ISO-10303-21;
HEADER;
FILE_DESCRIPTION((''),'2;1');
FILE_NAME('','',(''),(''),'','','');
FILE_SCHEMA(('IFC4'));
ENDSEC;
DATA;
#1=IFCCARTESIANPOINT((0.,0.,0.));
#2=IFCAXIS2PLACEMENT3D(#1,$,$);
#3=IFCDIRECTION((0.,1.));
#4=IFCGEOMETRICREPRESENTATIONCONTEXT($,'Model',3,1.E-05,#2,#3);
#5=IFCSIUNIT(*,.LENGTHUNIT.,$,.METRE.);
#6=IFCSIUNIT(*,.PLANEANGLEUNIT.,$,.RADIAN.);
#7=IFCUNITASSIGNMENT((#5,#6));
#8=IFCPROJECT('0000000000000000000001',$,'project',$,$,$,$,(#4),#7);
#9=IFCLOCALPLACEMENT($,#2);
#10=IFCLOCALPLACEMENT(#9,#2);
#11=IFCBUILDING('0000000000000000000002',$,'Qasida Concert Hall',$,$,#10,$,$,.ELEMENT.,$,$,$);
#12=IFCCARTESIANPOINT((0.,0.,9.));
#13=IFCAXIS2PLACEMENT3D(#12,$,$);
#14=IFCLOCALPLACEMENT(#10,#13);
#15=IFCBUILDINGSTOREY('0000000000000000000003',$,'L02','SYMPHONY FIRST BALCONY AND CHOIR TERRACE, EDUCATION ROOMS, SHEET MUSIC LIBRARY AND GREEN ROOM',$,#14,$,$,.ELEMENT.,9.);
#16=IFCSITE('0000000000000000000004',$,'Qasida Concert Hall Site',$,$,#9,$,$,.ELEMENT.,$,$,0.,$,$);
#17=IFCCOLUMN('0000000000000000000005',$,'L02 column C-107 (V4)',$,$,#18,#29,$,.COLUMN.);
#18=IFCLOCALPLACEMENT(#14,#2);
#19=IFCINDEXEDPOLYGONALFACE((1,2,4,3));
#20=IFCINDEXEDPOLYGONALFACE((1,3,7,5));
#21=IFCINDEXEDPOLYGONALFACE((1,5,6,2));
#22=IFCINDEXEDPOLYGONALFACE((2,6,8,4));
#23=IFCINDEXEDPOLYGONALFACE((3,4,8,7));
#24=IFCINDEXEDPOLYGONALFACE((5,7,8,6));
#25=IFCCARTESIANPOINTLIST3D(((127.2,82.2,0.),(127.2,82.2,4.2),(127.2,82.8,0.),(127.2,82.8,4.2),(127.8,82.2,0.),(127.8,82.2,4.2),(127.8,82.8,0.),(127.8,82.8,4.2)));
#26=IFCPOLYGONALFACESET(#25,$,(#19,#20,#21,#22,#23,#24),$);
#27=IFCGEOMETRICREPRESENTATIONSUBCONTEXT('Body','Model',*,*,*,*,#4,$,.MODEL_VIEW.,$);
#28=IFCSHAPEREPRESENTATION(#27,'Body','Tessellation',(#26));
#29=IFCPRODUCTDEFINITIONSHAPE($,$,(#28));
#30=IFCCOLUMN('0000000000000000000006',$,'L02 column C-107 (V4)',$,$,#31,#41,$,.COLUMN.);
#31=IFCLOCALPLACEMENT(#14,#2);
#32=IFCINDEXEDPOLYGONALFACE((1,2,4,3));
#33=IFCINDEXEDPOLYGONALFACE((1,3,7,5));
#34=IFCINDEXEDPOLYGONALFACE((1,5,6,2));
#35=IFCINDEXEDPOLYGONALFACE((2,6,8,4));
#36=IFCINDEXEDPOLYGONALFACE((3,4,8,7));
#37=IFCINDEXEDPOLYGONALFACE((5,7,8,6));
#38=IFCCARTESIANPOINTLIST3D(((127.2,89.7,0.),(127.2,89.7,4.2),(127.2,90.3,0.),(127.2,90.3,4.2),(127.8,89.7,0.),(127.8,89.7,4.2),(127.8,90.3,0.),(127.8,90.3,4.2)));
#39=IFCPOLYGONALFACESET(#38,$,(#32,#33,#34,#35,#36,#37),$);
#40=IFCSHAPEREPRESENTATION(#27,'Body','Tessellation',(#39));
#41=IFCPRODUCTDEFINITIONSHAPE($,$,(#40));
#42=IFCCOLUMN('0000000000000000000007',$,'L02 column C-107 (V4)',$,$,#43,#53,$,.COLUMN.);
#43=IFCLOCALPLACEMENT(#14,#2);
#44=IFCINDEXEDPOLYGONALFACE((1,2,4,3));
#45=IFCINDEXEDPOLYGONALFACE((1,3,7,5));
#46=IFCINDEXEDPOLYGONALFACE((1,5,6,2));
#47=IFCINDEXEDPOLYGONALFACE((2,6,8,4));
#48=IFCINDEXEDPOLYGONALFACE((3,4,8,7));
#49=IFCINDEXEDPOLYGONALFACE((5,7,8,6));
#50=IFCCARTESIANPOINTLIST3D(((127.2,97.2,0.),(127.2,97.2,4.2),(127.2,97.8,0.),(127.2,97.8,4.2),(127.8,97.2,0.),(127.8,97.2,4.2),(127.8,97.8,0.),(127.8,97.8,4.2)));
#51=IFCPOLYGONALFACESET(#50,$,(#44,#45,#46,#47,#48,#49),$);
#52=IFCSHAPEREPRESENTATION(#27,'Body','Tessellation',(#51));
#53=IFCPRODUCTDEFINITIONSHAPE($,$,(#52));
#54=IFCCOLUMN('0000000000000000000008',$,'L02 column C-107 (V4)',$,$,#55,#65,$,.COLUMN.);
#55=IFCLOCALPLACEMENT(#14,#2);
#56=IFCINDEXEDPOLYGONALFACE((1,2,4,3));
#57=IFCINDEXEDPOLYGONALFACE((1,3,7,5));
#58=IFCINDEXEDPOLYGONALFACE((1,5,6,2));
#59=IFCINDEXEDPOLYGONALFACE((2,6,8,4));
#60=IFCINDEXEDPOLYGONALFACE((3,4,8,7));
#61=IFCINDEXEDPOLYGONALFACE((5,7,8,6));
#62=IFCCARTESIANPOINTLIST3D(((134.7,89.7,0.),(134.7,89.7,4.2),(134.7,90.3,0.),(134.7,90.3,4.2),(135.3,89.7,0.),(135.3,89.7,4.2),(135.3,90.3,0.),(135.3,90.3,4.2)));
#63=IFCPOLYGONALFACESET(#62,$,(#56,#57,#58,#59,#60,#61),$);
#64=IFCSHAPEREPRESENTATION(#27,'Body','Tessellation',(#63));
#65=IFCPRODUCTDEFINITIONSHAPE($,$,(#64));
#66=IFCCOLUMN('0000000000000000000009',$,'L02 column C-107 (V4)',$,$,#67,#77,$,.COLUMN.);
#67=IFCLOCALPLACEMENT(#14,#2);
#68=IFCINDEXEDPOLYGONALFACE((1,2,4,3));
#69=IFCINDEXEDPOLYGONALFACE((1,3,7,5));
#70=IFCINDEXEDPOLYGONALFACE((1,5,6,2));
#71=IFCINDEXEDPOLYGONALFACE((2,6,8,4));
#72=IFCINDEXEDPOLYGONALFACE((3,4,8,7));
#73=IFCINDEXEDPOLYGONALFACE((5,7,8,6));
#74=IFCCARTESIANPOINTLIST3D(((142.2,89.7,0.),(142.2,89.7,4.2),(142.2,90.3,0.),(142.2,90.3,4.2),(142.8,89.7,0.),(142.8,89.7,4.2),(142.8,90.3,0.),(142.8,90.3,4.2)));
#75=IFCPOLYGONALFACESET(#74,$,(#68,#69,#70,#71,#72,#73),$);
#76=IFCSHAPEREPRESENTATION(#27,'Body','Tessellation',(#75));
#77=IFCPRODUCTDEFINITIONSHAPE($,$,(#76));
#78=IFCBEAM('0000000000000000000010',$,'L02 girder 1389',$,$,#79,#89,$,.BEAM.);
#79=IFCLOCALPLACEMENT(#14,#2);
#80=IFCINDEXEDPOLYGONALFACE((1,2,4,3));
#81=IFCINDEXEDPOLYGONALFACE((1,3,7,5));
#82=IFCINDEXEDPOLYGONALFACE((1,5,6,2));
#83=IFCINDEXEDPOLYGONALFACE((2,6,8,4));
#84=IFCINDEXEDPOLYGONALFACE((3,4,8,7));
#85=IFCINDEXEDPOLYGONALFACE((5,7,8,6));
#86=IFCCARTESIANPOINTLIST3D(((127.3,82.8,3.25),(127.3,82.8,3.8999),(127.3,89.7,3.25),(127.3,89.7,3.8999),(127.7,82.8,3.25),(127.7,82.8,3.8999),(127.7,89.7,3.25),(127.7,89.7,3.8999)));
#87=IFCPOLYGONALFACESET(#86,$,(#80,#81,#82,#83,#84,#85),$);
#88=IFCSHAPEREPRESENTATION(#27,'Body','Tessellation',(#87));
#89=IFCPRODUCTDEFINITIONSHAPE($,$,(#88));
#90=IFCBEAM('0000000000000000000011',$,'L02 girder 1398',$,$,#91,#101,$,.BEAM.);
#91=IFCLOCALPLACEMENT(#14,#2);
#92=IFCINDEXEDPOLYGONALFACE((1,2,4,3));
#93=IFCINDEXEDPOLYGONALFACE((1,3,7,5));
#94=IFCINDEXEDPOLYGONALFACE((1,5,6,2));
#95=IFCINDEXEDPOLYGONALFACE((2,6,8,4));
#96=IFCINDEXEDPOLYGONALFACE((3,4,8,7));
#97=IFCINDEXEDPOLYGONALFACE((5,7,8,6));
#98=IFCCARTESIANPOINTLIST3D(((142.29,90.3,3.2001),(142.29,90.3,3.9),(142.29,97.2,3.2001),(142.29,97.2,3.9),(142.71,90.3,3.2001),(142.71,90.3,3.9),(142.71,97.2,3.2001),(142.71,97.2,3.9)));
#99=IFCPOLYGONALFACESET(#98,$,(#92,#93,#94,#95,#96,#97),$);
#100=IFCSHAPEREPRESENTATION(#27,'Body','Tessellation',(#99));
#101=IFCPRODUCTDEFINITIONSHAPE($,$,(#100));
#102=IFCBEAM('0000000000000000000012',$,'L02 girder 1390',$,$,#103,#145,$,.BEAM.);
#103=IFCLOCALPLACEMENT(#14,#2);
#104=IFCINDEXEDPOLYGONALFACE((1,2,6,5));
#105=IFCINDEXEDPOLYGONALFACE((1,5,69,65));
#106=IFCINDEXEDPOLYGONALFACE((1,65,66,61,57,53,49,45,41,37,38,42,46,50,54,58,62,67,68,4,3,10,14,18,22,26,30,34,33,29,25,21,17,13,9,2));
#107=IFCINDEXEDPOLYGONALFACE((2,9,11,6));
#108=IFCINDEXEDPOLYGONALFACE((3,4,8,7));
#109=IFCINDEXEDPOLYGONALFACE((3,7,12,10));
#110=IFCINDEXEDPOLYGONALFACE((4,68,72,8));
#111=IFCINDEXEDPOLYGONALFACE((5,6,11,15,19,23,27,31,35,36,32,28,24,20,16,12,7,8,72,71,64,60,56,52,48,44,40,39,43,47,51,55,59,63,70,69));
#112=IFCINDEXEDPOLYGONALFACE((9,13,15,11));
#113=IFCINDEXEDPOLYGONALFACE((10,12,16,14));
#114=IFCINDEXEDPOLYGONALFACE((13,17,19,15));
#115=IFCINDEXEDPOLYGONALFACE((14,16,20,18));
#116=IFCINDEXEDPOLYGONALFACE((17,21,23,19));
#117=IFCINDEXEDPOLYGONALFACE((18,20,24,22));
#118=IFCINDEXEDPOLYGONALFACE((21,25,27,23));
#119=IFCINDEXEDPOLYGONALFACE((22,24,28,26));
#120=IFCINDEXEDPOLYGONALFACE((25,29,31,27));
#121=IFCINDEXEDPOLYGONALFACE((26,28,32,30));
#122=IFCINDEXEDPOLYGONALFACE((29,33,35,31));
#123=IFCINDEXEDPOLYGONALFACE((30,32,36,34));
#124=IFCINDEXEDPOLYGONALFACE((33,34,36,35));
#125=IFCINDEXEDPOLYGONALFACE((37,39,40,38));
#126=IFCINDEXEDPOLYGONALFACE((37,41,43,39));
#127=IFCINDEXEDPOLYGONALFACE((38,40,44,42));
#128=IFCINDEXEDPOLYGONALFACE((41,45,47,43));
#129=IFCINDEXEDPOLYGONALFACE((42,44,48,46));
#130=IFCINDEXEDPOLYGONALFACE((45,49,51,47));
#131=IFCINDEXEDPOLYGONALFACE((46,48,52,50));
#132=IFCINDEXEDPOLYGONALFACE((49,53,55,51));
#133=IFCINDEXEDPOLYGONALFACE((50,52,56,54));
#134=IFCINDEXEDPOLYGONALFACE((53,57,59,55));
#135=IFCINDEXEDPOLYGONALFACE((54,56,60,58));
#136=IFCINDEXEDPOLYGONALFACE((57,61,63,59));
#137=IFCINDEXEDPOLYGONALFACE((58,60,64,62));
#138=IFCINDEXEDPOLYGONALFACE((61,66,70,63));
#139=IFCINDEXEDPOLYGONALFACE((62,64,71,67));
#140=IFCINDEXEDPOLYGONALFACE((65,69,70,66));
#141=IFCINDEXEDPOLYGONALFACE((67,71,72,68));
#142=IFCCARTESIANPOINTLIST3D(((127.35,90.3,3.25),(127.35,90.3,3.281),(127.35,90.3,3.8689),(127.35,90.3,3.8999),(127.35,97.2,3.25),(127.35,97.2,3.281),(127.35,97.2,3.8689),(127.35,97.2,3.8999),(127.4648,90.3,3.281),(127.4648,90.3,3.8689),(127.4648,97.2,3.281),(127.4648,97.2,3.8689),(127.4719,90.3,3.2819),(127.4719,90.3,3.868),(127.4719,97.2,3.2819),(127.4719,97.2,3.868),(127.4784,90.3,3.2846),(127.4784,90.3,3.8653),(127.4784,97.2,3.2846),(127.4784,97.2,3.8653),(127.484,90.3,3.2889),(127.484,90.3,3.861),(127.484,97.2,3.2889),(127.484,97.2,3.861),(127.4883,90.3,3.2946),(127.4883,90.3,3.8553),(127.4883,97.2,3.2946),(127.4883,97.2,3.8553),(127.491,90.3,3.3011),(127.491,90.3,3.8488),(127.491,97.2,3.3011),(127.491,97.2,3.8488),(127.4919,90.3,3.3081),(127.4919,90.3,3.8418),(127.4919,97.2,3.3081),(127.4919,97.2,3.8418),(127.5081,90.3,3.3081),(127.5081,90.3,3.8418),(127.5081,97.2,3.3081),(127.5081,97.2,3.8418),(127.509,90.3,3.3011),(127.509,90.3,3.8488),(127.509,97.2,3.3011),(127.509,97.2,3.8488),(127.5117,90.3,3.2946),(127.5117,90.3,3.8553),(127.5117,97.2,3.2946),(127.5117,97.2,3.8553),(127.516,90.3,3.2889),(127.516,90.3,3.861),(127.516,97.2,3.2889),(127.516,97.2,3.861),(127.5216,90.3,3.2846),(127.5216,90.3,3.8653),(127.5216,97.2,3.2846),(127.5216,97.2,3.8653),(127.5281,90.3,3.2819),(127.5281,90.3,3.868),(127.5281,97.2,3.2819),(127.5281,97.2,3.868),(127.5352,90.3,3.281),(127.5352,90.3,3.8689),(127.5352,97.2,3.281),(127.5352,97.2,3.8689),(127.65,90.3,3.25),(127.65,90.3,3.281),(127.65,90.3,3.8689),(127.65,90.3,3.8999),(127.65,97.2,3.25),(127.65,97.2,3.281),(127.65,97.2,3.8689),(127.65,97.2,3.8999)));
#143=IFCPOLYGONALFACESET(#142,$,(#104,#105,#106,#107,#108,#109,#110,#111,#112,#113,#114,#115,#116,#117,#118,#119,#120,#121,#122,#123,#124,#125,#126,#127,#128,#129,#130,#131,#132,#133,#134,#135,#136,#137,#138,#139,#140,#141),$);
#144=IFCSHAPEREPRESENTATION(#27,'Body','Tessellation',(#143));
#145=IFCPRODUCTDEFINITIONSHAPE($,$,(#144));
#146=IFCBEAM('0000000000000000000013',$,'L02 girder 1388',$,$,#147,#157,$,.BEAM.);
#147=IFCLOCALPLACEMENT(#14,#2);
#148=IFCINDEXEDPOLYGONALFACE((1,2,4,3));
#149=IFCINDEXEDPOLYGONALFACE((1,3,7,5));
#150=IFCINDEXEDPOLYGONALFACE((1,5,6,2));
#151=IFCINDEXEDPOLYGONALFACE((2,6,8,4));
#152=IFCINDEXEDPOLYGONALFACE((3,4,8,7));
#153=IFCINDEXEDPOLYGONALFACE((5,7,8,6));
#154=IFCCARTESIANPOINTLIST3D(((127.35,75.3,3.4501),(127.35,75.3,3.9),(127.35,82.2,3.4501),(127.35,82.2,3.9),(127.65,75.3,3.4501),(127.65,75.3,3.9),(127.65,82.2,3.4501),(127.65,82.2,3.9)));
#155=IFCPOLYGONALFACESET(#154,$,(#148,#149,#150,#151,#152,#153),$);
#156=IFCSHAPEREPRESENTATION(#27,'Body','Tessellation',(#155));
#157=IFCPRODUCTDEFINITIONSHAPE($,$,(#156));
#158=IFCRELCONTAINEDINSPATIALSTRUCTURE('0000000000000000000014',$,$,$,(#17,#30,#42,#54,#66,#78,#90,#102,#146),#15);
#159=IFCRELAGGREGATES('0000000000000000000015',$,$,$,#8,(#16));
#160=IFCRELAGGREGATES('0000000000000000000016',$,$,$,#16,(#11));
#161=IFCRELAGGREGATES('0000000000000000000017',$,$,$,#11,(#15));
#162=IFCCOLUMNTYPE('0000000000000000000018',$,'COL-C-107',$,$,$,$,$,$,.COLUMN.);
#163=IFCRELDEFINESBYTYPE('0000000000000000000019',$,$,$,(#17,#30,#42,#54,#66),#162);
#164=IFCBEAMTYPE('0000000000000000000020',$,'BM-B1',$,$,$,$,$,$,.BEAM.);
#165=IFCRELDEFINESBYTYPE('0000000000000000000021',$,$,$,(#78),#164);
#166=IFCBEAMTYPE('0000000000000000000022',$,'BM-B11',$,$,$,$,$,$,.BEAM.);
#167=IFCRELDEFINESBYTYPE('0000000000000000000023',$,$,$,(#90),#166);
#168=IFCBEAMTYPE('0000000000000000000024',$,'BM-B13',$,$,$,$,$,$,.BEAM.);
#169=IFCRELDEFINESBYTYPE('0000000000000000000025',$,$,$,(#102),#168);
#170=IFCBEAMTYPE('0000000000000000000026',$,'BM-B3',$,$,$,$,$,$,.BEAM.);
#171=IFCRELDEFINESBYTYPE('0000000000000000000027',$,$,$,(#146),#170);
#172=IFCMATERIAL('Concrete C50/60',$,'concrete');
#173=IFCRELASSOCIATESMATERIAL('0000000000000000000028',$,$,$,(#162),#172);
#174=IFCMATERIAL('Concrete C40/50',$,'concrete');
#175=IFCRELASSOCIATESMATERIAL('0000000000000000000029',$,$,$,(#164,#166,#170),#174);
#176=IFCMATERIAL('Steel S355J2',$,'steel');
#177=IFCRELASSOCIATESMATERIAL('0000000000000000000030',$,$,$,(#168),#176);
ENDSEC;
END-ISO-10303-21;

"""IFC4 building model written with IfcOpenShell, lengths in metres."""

from ifc_helpers import new_model, si_unit, direction, frame, origin, origin_2d, place, context, subcontext, project, spatial, rectangle, i_section, extrude, material, material_profile, profile_set, type_object, element, save


model = new_model("IFC4")

# Units and contexts
model_context = context("Model", 3, precision=1e-05, world=origin(), true_north=direction((0.0, 1.0)))
body_context = subcontext(model_context, "Body", "Model", "MODEL_VIEW")
ifc_project = project(units=[si_unit("LENGTHUNIT", "METRE"), si_unit("PLANEANGLEUNIT", "RADIAN")], contexts=[model_context])

# Site, building, storey
site_placement = place(None, origin())
site = spatial("IfcSite", under=ifc_project, at=site_placement, Name="Qasida Concert Hall Site", CompositionType="ELEMENT", RefElevation=0.0)
building_placement = place(site_placement, origin())
building = spatial("IfcBuilding", under=site, at=building_placement, Name="Qasida Concert Hall", CompositionType="ELEMENT")
storey_placement = place(building_placement, frame((0.0, 0.0, 9.0)))
storey = spatial("IfcBuildingStorey", under=building, at=storey_placement, Name="L02", Description="SYMPHONY FIRST BALCONY AND CHOIR TERRACE, EDUCATION ROOMS, SHEET MUSIC LIBRARY AND GREEN ROOM", CompositionType="ELEMENT", Elevation=9.0)

# Columns
ifc_material_1 = material(Name="Concrete C50/60", Category="concrete")
ifc_material_profile_1 = material_profile(ifc_material_1, rectangle(XDim=0.6001, YDim=0.6001, at=origin_2d()), Name="RC 600x600")
ifc_profile_set_1 = profile_set([ifc_material_profile_1], Name="Concrete C50/60")
column_type = type_object("IfcColumnType", Name="COL-C-107", PredefinedType="COLUMN", material=ifc_profile_set_1)
for number, where, z_axis, x_axis, name in (
    (1, (127.5, 82.5, 0.0), (0.0, 0.0, 1.0), (1.0, 0.0, 0.0), "L02 column C-107 (V4)"),
    (2, (127.5, 90.0, 0.0), (0.0, 0.0, 1.0), (1.0, 0.0, 0.0), "L02 column C-107 (V4)"),
    (3, (127.5, 97.5, 0.0), (0.0, 0.0, 1.0), (1.0, 0.0, 0.0), "L02 column C-107 (V4)"),
    (4, (135.0, 90.0, 0.0), (0.0, 0.0, 1.0), (1.0, 0.0, 0.0), "L02 column C-107 (V4)"),
    (5, (142.5, 90.0, 0.0), (0.0, 0.0, 1.0), (1.0, 0.0, 0.0), "L02 column C-107 (V4)"),
):
    element("IfcColumn", number, at=place(storey_placement, frame(where, z_axis=z_axis, x_axis=x_axis)), inside=storey, type_object=column_type, Name=name, PredefinedType="COLUMN", context=body_context, shape_type="SweptSolid", body=[
        extrude(rectangle(XDim=0.6001, YDim=0.6001, at=origin_2d()), origin(), (0.0, 0.0, 1.0), 4.2),
    ])

# Beams
ifc_material_2 = material(Name="Concrete C40/50", Category="concrete")
ifc_material_profile_2 = material_profile(ifc_material_2, rectangle(XDim=0.3999, YDim=0.6499, at=origin_2d()), Name="RC 400x650")
ifc_profile_set_2 = profile_set([ifc_material_profile_2], Name="Concrete C40/50")
beam_type_1 = type_object("IfcBeamType", Name="BM-B1", PredefinedType="BEAM", material=ifc_profile_set_2)
beam_1_placement = place(storey_placement, frame((127.5, 82.8, 3.575), z_axis=(0.0, 1.0, 0.0), x_axis=(-1.0, 0.0, 0.0)))
element("IfcBeam", 6, at=beam_1_placement, inside=storey, type_object=beam_type_1, Name="L02 girder 1389", PredefinedType="BEAM", context=body_context, shape_type="SweptSolid", body=[
    extrude(rectangle(XDim=0.3999, YDim=0.6499, at=origin_2d()), origin(), (0.0, 0.0, 1.0), 6.8999),
])
ifc_material_profile_3 = material_profile(ifc_material_2, rectangle(XDim=0.4199, YDim=0.7, at=origin_2d()), Name="RC 420x700")
ifc_profile_set_3 = profile_set([ifc_material_profile_3], Name="Concrete C40/50")
beam_type_2 = type_object("IfcBeamType", Name="BM-B11", PredefinedType="BEAM", material=ifc_profile_set_3)
beam_2_placement = place(storey_placement, frame((142.5, 90.3, 3.55), z_axis=(0.0, 1.0, 0.0), x_axis=(-1.0, 0.0, 0.0)))
element("IfcBeam", 7, at=beam_2_placement, inside=storey, type_object=beam_type_2, Name="L02 girder 1398", PredefinedType="BEAM", context=body_context, shape_type="SweptSolid", body=[
    extrude(rectangle(XDim=0.4199, YDim=0.7, at=origin_2d()), origin(), (0.0, 0.0, 1.0), 6.8999),
])
ifc_material_3 = material(Name="Steel S355J2", Category="steel")
ifc_material_profile_4 = material_profile(ifc_material_3, i_section(OverallWidth=0.3, OverallDepth=0.6499, WebThickness=0.0161, FlangeThickness=0.031, FilletRadius=0.0271, at=origin_2d()), Name="HEB 650")
ifc_profile_set_4 = profile_set([ifc_material_profile_4], Name="Steel S355J2")
beam_type_3 = type_object("IfcBeamType", Name="BM-B13", PredefinedType="BEAM", material=ifc_profile_set_4)
beam_3_placement = place(storey_placement, frame((127.5, 90.3, 3.575), z_axis=(0.0, 1.0, 0.0), x_axis=(-1.0, 0.0, 0.0)))
element("IfcBeam", 8, at=beam_3_placement, inside=storey, type_object=beam_type_3, Name="L02 girder 1390", PredefinedType="BEAM", context=body_context, shape_type="SweptSolid", body=[
    extrude(i_section(OverallWidth=0.3, OverallDepth=0.6499, WebThickness=0.0161, FlangeThickness=0.031, FilletRadius=0.0271, at=origin_2d()), origin(), (0.0, 0.0, 1.0), 6.8999),
])
ifc_material_profile_5 = material_profile(ifc_material_2, rectangle(XDim=0.3, YDim=0.45, at=origin_2d()), Name="RC 300x450")
ifc_profile_set_5 = profile_set([ifc_material_profile_5], Name="Concrete C40/50")
beam_type_4 = type_object("IfcBeamType", Name="BM-B3", PredefinedType="BEAM", material=ifc_profile_set_5)
beam_4_placement = place(storey_placement, frame((127.5, 75.3, 3.675), z_axis=(0.0, 1.0, 0.0), x_axis=(-1.0, 0.0, 0.0)))
element("IfcBeam", 9, at=beam_4_placement, inside=storey, type_object=beam_type_4, Name="L02 girder 1388", PredefinedType="BEAM", context=body_context, shape_type="SweptSolid", body=[
    extrude(rectangle(XDim=0.3, YDim=0.45, at=origin_2d()), origin(), (0.0, 0.0, 1.0), 6.8999),
])

save(model, "model.ifc")
